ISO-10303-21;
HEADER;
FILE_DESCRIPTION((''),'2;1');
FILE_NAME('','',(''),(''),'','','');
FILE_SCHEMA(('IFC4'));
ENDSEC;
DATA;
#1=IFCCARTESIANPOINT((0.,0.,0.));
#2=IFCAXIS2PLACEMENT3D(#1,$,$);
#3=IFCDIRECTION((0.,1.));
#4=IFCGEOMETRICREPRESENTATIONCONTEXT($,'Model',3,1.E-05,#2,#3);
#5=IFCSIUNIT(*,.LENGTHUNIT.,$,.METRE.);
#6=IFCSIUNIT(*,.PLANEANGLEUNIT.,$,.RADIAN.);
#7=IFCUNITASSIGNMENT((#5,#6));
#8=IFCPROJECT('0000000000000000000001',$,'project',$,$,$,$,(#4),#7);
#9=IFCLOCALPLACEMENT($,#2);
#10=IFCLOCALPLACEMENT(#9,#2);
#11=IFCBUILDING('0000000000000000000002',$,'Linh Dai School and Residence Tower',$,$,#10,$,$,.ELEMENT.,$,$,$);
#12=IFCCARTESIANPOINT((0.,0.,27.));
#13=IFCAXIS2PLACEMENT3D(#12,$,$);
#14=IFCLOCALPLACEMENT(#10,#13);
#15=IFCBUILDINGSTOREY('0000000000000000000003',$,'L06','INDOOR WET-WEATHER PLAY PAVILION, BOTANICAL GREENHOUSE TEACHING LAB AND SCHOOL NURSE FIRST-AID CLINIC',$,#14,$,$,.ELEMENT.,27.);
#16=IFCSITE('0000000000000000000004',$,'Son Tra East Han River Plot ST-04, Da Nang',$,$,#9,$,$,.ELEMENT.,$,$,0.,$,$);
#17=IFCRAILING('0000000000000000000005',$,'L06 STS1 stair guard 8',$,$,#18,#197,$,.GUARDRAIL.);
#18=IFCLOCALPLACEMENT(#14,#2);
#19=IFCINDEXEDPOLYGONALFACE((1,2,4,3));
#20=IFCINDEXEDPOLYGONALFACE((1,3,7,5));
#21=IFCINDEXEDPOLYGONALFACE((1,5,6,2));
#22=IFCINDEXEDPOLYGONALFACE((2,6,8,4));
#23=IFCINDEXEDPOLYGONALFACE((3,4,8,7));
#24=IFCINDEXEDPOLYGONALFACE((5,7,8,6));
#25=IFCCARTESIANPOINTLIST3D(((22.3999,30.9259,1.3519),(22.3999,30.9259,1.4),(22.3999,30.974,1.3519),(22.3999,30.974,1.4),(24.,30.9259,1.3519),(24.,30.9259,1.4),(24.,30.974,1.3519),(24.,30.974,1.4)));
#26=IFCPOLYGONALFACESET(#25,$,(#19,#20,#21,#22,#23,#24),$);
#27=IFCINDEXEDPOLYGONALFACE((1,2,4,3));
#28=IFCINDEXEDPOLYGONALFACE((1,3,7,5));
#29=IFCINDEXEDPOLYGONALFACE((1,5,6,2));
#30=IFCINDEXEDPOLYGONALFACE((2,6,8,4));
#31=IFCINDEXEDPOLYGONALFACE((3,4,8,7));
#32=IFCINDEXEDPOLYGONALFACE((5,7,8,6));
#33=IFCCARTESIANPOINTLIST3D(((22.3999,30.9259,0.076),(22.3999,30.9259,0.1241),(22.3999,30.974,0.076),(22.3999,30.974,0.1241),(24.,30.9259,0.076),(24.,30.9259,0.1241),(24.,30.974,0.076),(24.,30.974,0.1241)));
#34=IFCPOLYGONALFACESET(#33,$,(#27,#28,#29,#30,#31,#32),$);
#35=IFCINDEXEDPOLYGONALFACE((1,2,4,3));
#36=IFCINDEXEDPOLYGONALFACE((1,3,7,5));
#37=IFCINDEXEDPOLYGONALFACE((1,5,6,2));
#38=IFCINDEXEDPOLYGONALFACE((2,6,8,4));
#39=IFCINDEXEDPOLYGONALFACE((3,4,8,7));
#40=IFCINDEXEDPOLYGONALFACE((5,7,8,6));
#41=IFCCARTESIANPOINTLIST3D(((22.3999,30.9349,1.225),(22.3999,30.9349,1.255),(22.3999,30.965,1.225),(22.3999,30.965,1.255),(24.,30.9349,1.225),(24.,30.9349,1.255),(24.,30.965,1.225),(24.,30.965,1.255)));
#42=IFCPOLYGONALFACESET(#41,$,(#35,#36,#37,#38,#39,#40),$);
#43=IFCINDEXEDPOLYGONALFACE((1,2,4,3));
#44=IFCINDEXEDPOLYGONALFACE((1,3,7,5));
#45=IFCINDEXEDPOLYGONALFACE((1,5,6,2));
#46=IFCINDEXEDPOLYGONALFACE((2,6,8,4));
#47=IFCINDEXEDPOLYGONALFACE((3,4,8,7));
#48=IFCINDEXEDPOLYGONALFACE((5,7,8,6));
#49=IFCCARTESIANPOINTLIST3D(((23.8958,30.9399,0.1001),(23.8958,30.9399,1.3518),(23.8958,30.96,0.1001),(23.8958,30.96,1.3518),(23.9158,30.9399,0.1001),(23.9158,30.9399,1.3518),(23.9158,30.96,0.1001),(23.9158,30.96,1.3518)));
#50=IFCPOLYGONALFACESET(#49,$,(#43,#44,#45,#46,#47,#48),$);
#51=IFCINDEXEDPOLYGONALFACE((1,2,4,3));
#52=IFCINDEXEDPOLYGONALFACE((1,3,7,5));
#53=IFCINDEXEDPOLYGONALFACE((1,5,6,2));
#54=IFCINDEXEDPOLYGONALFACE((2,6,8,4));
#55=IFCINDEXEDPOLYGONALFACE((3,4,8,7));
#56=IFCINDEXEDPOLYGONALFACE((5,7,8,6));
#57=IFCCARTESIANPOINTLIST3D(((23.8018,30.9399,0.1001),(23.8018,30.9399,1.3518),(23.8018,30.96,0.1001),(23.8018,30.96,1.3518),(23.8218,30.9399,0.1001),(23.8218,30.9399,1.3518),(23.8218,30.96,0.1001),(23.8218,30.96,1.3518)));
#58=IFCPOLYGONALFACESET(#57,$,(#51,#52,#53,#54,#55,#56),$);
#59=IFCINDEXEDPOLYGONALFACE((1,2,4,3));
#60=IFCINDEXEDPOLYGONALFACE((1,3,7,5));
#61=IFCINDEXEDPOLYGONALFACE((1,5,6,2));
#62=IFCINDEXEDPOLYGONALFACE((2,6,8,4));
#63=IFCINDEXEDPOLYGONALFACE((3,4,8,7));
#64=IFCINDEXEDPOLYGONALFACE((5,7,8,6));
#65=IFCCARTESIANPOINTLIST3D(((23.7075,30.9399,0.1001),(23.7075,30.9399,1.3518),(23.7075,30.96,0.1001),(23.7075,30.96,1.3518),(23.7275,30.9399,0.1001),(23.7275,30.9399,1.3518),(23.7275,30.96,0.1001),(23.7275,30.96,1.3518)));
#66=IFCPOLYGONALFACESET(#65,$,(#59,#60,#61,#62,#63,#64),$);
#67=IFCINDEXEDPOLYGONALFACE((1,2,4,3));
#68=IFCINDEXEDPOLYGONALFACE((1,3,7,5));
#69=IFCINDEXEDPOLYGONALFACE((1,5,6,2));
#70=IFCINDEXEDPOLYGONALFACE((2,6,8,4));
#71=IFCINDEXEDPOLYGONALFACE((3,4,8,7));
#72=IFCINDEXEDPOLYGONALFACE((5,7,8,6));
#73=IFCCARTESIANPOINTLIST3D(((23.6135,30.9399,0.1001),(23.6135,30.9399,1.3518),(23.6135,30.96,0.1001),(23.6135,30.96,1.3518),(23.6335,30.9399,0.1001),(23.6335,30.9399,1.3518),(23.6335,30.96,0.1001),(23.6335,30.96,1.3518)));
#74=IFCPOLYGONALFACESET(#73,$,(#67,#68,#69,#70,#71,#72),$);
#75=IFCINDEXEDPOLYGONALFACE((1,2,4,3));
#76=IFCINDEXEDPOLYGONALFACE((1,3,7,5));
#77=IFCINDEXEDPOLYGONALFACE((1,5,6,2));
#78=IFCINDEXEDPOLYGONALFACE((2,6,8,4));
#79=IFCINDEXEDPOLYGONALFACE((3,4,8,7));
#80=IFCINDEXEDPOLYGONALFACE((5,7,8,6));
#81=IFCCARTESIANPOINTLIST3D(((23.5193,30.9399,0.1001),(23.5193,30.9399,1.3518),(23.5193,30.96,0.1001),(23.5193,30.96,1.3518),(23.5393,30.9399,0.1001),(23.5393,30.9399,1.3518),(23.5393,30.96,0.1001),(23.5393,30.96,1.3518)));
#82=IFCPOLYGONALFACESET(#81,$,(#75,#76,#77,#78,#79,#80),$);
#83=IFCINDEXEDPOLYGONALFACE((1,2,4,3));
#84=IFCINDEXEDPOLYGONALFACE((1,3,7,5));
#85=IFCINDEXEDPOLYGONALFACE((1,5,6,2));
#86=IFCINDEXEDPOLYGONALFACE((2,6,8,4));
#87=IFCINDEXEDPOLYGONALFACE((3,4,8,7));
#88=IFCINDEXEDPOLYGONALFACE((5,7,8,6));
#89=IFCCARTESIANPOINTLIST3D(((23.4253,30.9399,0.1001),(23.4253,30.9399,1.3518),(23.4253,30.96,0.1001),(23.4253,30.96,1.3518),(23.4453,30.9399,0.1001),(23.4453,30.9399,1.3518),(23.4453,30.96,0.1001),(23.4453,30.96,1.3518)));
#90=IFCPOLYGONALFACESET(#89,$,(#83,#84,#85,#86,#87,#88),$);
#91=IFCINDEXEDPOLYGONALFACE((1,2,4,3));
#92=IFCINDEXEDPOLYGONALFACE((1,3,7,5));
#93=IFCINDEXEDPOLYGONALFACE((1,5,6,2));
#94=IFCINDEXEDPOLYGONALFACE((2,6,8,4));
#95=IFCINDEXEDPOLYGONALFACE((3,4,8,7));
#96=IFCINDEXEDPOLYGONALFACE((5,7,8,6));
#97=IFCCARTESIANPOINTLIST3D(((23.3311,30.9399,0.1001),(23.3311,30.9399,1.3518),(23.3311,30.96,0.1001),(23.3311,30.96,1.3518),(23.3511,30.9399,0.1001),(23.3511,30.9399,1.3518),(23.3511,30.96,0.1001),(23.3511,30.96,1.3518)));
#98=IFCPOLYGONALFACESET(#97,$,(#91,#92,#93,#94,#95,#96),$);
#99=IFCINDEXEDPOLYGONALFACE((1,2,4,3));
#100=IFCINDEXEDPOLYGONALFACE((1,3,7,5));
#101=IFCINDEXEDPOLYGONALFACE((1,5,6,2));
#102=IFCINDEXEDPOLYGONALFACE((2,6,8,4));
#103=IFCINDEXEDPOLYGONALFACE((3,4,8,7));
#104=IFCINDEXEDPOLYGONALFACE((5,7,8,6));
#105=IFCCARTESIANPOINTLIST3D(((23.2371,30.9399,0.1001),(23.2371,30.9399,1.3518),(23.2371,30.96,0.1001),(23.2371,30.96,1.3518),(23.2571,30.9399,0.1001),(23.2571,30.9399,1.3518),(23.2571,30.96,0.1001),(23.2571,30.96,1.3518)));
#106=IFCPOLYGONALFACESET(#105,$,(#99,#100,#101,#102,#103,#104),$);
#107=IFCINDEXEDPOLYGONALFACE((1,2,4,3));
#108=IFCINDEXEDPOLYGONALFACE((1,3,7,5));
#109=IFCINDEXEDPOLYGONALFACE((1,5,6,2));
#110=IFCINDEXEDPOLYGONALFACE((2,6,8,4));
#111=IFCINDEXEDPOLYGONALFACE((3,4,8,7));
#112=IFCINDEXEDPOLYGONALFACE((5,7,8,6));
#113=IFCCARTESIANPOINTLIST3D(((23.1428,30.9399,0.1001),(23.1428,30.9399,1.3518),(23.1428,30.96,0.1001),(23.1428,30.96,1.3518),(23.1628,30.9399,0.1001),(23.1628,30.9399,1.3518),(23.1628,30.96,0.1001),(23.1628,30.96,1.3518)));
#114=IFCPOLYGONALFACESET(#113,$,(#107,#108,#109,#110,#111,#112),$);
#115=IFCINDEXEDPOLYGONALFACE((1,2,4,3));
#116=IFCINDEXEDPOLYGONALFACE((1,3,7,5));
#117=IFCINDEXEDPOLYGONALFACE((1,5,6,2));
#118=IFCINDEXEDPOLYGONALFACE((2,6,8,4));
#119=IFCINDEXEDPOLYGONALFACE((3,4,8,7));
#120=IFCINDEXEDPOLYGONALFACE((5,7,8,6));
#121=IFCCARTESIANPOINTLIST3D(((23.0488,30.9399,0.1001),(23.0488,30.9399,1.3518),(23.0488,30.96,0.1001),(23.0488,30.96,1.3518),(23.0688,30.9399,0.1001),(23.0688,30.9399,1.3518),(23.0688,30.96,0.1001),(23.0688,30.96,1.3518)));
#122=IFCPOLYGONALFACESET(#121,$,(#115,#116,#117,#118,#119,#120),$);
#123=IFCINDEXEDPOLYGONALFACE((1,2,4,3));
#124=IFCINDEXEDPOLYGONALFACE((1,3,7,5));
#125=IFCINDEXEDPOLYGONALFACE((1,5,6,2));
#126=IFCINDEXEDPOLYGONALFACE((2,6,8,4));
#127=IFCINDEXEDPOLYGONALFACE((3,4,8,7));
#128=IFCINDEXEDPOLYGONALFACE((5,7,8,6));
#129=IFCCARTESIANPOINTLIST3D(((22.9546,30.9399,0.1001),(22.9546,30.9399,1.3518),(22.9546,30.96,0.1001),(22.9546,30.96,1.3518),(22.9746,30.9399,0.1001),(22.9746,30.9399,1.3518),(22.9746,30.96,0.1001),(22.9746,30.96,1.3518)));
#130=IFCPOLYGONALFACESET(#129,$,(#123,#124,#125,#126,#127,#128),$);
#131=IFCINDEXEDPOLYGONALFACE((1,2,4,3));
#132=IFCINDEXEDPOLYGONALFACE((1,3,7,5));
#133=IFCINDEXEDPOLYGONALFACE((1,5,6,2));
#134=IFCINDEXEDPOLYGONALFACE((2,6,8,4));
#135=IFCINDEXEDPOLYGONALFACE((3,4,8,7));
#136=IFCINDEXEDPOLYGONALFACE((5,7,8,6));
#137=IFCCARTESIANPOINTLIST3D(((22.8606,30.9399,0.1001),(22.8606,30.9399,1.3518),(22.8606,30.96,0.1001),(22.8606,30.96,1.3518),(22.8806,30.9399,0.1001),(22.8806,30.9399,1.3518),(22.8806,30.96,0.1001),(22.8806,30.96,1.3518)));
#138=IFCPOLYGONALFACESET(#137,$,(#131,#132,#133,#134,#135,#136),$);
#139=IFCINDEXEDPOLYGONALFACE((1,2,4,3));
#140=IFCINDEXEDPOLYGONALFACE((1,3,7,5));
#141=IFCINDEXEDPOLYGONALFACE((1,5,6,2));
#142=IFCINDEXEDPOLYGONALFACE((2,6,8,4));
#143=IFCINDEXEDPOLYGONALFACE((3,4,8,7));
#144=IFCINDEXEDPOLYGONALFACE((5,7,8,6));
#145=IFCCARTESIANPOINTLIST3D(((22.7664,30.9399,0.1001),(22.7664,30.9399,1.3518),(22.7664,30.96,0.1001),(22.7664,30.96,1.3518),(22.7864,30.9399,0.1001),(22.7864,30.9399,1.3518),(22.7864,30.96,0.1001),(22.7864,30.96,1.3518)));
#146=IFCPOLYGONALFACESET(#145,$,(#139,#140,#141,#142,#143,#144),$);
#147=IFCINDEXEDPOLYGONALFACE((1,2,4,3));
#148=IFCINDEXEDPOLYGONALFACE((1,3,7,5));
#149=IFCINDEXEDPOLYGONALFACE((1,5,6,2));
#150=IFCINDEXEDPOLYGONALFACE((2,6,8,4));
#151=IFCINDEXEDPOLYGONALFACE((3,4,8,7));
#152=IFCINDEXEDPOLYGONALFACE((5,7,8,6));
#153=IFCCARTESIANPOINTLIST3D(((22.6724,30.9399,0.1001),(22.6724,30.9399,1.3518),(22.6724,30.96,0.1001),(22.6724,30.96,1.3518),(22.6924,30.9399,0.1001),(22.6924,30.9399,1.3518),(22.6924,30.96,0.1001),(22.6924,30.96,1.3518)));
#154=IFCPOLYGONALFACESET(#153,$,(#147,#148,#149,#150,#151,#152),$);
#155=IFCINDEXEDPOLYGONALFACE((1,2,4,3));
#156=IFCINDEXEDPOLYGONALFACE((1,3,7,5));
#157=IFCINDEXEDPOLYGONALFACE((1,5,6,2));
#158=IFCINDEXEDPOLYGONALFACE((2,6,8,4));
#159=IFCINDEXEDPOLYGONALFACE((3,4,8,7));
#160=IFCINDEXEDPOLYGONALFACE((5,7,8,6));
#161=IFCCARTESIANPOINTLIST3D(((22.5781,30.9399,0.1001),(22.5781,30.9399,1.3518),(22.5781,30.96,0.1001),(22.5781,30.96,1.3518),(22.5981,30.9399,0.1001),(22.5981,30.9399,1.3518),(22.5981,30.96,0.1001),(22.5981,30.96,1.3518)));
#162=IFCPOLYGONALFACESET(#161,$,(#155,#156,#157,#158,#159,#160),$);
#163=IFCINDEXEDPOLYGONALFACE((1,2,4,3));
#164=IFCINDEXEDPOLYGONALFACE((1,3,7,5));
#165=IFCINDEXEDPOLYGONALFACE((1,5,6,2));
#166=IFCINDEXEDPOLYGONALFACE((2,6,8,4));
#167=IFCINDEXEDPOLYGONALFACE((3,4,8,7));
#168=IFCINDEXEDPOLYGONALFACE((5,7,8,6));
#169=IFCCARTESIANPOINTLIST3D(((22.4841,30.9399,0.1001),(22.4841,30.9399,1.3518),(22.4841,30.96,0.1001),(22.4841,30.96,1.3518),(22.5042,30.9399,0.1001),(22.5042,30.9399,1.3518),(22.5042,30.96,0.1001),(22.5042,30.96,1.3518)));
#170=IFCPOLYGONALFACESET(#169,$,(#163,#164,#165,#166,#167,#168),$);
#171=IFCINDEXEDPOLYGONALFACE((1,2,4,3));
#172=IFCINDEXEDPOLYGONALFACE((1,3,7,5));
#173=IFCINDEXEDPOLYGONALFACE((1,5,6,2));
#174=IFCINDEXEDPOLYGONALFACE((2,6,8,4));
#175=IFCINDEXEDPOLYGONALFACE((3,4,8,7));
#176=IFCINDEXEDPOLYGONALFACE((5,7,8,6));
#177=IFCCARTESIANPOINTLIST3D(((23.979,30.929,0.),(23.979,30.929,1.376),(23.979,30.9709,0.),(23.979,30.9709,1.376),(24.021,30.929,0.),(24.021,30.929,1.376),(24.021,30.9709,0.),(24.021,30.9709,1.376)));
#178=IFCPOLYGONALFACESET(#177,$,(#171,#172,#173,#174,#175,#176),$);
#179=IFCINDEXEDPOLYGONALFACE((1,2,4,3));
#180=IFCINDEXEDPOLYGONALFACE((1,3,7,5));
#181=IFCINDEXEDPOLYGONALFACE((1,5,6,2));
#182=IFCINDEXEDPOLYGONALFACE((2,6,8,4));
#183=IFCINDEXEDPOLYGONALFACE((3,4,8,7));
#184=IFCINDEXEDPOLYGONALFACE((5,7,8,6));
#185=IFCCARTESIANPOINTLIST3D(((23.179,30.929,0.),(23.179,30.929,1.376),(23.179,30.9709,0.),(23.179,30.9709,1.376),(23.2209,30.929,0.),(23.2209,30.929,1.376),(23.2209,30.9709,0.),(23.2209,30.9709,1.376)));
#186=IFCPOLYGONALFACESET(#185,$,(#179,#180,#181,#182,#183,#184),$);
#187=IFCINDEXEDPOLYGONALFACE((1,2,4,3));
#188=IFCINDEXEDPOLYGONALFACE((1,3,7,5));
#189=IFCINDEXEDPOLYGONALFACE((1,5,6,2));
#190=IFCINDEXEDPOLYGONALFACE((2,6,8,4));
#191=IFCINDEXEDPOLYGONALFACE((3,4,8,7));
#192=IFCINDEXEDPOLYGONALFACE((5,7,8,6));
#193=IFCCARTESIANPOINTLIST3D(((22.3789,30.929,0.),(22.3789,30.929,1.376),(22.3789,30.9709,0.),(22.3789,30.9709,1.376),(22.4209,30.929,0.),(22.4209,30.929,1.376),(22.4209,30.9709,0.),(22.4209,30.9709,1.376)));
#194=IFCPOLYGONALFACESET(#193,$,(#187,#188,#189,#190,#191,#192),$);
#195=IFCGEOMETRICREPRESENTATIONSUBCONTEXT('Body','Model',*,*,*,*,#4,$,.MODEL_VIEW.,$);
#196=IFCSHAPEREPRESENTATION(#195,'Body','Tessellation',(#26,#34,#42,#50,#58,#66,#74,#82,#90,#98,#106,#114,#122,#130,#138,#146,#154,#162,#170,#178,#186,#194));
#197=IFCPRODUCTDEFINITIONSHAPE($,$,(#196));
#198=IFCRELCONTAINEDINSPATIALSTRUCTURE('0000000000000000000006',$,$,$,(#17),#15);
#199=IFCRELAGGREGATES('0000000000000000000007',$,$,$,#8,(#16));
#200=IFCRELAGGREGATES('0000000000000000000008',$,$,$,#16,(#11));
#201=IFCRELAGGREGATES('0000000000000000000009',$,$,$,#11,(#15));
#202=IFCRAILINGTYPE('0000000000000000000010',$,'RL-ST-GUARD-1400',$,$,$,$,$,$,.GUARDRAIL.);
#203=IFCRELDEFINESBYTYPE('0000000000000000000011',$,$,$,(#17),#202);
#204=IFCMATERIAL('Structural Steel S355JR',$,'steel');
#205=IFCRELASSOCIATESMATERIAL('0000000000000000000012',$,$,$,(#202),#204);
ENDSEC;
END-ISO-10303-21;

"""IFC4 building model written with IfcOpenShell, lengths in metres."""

from ifc_helpers import new_model, si_unit, direction, frame, origin, origin_2d, place, context, subcontext, project, spatial, rectangle, extrude, source, transform, mapped, material, type_object, element, save


model = new_model("IFC4")

# Units and contexts
model_context = context("Model", 3, precision=1e-05, world=origin(), true_north=direction((0.0, 1.0)))
body_context = subcontext(model_context, "Body", "Model", "MODEL_VIEW")
ifc_project = project(units=[si_unit("LENGTHUNIT", "METRE"), si_unit("PLANEANGLEUNIT", "RADIAN")], contexts=[model_context])

# Site, building, storey
site_placement = place(None, origin())
site = spatial("IfcSite", under=ifc_project, at=site_placement, Name="Son Tra East Han River Plot ST-04, Da Nang", CompositionType="ELEMENT", RefElevation=0.0)
building_placement = place(site_placement, origin())
building = spatial("IfcBuilding", under=site, at=building_placement, Name="Linh Dai School and Residence Tower", CompositionType="ELEMENT")
storey_placement = place(building_placement, frame((0.0, 0.0, 27.0)))
storey = spatial("IfcBuildingStorey", under=building, at=storey_placement, Name="L06", Description="INDOOR WET-WEATHER PLAY PAVILION, BOTANICAL GREENHOUSE TEACHING LAB AND SCHOOL NURSE FIRST-AID CLINIC", CompositionType="ELEMENT", Elevation=27.0)

# Shared definitions
ifc_material_1 = material(Name="Structural Steel S355JR", Category="steel")

# Railing
railing_type_1 = type_object("IfcRailingType", Name="RL-ST-GUARD-1400", PredefinedType="GUARDRAIL", material=ifc_material_1)
shared_shape_1 = source(origin(), body_context, "Body", "SweptSolid", [
    extrude(rectangle(XDim=0.0481, YDim=0.0481, at=origin_2d()), frame((0.0, 0.0, 1.376), z_axis=(-1.0, 0.0, 0.0), x_axis=(0.0, -1.0, 0.0)), (0.0, 0.0, 1.0), 1.6001),
    extrude(rectangle(XDim=0.0481, YDim=0.0481, at=origin_2d()), frame((0.0, 0.0, 0.1001), z_axis=(-1.0, 0.0, 0.0), x_axis=(0.0, -1.0, 0.0)), (0.0, 0.0, 1.0), 1.6001),
    extrude(rectangle(XDim=0.03, YDim=0.03, at=origin_2d()), frame((0.0, 0.0, 1.24), z_axis=(-1.0, 0.0, 0.0), x_axis=(0.0, -1.0, 0.0)), (0.0, 0.0, 1.0), 1.6001),
    extrude(rectangle(XDim=0.02, YDim=0.02, at=origin_2d()), frame((-0.0942, 0.0, 0.1001)), (0.0, 0.0, 1.0), 1.2517),
    extrude(rectangle(XDim=0.02, YDim=0.02, at=origin_2d()), frame((-0.1882, 0.0, 0.1001)), (0.0, 0.0, 1.0), 1.2517),
    extrude(rectangle(XDim=0.02, YDim=0.02, at=origin_2d()), frame((-0.2825, 0.0, 0.1001)), (0.0, 0.0, 1.0), 1.2517),
    extrude(rectangle(XDim=0.02, YDim=0.02, at=origin_2d()), frame((-0.3765, 0.0, 0.1001)), (0.0, 0.0, 1.0), 1.2517),
    extrude(rectangle(XDim=0.02, YDim=0.02, at=origin_2d()), frame((-0.4707, 0.0, 0.1001)), (0.0, 0.0, 1.0), 1.2517),
    extrude(rectangle(XDim=0.02, YDim=0.02, at=origin_2d()), frame((-0.5647, 0.0, 0.1001)), (0.0, 0.0, 1.0), 1.2517),
    extrude(rectangle(XDim=0.02, YDim=0.02, at=origin_2d()), frame((-0.6589, 0.0, 0.1001)), (0.0, 0.0, 1.0), 1.2517),
    extrude(rectangle(XDim=0.02, YDim=0.02, at=origin_2d()), frame((-0.7529, 0.0, 0.1001)), (0.0, 0.0, 1.0), 1.2517),
    extrude(rectangle(XDim=0.02, YDim=0.02, at=origin_2d()), frame((-0.8472, 0.0, 0.1001)), (0.0, 0.0, 1.0), 1.2517),
    extrude(rectangle(XDim=0.02, YDim=0.02, at=origin_2d()), frame((-0.9412, 0.0, 0.1001)), (0.0, 0.0, 1.0), 1.2517),
    extrude(rectangle(XDim=0.02, YDim=0.02, at=origin_2d()), frame((-1.0354, 0.0, 0.1001)), (0.0, 0.0, 1.0), 1.2517),
    extrude(rectangle(XDim=0.02, YDim=0.02, at=origin_2d()), frame((-1.1294, 0.0, 0.1001)), (0.0, 0.0, 1.0), 1.2517),
    extrude(rectangle(XDim=0.02, YDim=0.02, at=origin_2d()), frame((-1.2236, 0.0, 0.1001)), (0.0, 0.0, 1.0), 1.2517),
    extrude(rectangle(XDim=0.02, YDim=0.02, at=origin_2d()), frame((-1.3176, 0.0, 0.1001)), (0.0, 0.0, 1.0), 1.2517),
    extrude(rectangle(XDim=0.02, YDim=0.02, at=origin_2d()), frame((-1.4119, 0.0, 0.1001)), (0.0, 0.0, 1.0), 1.2517),
    extrude(rectangle(XDim=0.02, YDim=0.02, at=origin_2d()), frame((-1.5059, 0.0, 0.1001)), (0.0, 0.0, 1.0), 1.2517),
    extrude(rectangle(XDim=0.042, YDim=0.042, at=origin_2d()), origin(), (0.0, 0.0, 1.0), 1.376),
    extrude(rectangle(XDim=0.042, YDim=0.042, at=origin_2d()), frame((-0.8, 0.0, 0.0)), (0.0, 0.0, 1.0), 1.376),
    extrude(rectangle(XDim=0.042, YDim=0.042, at=origin_2d()), frame((-1.6001, 0.0, 0.0)), (0.0, 0.0, 1.0), 1.376),
])
for number, where, name in (
    (1, (24.0, 30.95, 0.0), "L06 STS1 stair guard 8"),
):
    element("IfcRailing", number, at=place(storey_placement, frame(where)), inside=storey, type_object=railing_type_1, Name=name, PredefinedType="GUARDRAIL", context=body_context, shape_type="MappedRepresentation", body=[
        mapped(shared_shape_1, transform((0.0, 0.0, 0.0), x_axis=(1.0, 0.0, 0.0), y_axis=(0.0, 1.0, 0.0), z_axis=(0.0, 0.0, 1.0), scale=1.0)),
    ])

save(model, "model.ifc")
